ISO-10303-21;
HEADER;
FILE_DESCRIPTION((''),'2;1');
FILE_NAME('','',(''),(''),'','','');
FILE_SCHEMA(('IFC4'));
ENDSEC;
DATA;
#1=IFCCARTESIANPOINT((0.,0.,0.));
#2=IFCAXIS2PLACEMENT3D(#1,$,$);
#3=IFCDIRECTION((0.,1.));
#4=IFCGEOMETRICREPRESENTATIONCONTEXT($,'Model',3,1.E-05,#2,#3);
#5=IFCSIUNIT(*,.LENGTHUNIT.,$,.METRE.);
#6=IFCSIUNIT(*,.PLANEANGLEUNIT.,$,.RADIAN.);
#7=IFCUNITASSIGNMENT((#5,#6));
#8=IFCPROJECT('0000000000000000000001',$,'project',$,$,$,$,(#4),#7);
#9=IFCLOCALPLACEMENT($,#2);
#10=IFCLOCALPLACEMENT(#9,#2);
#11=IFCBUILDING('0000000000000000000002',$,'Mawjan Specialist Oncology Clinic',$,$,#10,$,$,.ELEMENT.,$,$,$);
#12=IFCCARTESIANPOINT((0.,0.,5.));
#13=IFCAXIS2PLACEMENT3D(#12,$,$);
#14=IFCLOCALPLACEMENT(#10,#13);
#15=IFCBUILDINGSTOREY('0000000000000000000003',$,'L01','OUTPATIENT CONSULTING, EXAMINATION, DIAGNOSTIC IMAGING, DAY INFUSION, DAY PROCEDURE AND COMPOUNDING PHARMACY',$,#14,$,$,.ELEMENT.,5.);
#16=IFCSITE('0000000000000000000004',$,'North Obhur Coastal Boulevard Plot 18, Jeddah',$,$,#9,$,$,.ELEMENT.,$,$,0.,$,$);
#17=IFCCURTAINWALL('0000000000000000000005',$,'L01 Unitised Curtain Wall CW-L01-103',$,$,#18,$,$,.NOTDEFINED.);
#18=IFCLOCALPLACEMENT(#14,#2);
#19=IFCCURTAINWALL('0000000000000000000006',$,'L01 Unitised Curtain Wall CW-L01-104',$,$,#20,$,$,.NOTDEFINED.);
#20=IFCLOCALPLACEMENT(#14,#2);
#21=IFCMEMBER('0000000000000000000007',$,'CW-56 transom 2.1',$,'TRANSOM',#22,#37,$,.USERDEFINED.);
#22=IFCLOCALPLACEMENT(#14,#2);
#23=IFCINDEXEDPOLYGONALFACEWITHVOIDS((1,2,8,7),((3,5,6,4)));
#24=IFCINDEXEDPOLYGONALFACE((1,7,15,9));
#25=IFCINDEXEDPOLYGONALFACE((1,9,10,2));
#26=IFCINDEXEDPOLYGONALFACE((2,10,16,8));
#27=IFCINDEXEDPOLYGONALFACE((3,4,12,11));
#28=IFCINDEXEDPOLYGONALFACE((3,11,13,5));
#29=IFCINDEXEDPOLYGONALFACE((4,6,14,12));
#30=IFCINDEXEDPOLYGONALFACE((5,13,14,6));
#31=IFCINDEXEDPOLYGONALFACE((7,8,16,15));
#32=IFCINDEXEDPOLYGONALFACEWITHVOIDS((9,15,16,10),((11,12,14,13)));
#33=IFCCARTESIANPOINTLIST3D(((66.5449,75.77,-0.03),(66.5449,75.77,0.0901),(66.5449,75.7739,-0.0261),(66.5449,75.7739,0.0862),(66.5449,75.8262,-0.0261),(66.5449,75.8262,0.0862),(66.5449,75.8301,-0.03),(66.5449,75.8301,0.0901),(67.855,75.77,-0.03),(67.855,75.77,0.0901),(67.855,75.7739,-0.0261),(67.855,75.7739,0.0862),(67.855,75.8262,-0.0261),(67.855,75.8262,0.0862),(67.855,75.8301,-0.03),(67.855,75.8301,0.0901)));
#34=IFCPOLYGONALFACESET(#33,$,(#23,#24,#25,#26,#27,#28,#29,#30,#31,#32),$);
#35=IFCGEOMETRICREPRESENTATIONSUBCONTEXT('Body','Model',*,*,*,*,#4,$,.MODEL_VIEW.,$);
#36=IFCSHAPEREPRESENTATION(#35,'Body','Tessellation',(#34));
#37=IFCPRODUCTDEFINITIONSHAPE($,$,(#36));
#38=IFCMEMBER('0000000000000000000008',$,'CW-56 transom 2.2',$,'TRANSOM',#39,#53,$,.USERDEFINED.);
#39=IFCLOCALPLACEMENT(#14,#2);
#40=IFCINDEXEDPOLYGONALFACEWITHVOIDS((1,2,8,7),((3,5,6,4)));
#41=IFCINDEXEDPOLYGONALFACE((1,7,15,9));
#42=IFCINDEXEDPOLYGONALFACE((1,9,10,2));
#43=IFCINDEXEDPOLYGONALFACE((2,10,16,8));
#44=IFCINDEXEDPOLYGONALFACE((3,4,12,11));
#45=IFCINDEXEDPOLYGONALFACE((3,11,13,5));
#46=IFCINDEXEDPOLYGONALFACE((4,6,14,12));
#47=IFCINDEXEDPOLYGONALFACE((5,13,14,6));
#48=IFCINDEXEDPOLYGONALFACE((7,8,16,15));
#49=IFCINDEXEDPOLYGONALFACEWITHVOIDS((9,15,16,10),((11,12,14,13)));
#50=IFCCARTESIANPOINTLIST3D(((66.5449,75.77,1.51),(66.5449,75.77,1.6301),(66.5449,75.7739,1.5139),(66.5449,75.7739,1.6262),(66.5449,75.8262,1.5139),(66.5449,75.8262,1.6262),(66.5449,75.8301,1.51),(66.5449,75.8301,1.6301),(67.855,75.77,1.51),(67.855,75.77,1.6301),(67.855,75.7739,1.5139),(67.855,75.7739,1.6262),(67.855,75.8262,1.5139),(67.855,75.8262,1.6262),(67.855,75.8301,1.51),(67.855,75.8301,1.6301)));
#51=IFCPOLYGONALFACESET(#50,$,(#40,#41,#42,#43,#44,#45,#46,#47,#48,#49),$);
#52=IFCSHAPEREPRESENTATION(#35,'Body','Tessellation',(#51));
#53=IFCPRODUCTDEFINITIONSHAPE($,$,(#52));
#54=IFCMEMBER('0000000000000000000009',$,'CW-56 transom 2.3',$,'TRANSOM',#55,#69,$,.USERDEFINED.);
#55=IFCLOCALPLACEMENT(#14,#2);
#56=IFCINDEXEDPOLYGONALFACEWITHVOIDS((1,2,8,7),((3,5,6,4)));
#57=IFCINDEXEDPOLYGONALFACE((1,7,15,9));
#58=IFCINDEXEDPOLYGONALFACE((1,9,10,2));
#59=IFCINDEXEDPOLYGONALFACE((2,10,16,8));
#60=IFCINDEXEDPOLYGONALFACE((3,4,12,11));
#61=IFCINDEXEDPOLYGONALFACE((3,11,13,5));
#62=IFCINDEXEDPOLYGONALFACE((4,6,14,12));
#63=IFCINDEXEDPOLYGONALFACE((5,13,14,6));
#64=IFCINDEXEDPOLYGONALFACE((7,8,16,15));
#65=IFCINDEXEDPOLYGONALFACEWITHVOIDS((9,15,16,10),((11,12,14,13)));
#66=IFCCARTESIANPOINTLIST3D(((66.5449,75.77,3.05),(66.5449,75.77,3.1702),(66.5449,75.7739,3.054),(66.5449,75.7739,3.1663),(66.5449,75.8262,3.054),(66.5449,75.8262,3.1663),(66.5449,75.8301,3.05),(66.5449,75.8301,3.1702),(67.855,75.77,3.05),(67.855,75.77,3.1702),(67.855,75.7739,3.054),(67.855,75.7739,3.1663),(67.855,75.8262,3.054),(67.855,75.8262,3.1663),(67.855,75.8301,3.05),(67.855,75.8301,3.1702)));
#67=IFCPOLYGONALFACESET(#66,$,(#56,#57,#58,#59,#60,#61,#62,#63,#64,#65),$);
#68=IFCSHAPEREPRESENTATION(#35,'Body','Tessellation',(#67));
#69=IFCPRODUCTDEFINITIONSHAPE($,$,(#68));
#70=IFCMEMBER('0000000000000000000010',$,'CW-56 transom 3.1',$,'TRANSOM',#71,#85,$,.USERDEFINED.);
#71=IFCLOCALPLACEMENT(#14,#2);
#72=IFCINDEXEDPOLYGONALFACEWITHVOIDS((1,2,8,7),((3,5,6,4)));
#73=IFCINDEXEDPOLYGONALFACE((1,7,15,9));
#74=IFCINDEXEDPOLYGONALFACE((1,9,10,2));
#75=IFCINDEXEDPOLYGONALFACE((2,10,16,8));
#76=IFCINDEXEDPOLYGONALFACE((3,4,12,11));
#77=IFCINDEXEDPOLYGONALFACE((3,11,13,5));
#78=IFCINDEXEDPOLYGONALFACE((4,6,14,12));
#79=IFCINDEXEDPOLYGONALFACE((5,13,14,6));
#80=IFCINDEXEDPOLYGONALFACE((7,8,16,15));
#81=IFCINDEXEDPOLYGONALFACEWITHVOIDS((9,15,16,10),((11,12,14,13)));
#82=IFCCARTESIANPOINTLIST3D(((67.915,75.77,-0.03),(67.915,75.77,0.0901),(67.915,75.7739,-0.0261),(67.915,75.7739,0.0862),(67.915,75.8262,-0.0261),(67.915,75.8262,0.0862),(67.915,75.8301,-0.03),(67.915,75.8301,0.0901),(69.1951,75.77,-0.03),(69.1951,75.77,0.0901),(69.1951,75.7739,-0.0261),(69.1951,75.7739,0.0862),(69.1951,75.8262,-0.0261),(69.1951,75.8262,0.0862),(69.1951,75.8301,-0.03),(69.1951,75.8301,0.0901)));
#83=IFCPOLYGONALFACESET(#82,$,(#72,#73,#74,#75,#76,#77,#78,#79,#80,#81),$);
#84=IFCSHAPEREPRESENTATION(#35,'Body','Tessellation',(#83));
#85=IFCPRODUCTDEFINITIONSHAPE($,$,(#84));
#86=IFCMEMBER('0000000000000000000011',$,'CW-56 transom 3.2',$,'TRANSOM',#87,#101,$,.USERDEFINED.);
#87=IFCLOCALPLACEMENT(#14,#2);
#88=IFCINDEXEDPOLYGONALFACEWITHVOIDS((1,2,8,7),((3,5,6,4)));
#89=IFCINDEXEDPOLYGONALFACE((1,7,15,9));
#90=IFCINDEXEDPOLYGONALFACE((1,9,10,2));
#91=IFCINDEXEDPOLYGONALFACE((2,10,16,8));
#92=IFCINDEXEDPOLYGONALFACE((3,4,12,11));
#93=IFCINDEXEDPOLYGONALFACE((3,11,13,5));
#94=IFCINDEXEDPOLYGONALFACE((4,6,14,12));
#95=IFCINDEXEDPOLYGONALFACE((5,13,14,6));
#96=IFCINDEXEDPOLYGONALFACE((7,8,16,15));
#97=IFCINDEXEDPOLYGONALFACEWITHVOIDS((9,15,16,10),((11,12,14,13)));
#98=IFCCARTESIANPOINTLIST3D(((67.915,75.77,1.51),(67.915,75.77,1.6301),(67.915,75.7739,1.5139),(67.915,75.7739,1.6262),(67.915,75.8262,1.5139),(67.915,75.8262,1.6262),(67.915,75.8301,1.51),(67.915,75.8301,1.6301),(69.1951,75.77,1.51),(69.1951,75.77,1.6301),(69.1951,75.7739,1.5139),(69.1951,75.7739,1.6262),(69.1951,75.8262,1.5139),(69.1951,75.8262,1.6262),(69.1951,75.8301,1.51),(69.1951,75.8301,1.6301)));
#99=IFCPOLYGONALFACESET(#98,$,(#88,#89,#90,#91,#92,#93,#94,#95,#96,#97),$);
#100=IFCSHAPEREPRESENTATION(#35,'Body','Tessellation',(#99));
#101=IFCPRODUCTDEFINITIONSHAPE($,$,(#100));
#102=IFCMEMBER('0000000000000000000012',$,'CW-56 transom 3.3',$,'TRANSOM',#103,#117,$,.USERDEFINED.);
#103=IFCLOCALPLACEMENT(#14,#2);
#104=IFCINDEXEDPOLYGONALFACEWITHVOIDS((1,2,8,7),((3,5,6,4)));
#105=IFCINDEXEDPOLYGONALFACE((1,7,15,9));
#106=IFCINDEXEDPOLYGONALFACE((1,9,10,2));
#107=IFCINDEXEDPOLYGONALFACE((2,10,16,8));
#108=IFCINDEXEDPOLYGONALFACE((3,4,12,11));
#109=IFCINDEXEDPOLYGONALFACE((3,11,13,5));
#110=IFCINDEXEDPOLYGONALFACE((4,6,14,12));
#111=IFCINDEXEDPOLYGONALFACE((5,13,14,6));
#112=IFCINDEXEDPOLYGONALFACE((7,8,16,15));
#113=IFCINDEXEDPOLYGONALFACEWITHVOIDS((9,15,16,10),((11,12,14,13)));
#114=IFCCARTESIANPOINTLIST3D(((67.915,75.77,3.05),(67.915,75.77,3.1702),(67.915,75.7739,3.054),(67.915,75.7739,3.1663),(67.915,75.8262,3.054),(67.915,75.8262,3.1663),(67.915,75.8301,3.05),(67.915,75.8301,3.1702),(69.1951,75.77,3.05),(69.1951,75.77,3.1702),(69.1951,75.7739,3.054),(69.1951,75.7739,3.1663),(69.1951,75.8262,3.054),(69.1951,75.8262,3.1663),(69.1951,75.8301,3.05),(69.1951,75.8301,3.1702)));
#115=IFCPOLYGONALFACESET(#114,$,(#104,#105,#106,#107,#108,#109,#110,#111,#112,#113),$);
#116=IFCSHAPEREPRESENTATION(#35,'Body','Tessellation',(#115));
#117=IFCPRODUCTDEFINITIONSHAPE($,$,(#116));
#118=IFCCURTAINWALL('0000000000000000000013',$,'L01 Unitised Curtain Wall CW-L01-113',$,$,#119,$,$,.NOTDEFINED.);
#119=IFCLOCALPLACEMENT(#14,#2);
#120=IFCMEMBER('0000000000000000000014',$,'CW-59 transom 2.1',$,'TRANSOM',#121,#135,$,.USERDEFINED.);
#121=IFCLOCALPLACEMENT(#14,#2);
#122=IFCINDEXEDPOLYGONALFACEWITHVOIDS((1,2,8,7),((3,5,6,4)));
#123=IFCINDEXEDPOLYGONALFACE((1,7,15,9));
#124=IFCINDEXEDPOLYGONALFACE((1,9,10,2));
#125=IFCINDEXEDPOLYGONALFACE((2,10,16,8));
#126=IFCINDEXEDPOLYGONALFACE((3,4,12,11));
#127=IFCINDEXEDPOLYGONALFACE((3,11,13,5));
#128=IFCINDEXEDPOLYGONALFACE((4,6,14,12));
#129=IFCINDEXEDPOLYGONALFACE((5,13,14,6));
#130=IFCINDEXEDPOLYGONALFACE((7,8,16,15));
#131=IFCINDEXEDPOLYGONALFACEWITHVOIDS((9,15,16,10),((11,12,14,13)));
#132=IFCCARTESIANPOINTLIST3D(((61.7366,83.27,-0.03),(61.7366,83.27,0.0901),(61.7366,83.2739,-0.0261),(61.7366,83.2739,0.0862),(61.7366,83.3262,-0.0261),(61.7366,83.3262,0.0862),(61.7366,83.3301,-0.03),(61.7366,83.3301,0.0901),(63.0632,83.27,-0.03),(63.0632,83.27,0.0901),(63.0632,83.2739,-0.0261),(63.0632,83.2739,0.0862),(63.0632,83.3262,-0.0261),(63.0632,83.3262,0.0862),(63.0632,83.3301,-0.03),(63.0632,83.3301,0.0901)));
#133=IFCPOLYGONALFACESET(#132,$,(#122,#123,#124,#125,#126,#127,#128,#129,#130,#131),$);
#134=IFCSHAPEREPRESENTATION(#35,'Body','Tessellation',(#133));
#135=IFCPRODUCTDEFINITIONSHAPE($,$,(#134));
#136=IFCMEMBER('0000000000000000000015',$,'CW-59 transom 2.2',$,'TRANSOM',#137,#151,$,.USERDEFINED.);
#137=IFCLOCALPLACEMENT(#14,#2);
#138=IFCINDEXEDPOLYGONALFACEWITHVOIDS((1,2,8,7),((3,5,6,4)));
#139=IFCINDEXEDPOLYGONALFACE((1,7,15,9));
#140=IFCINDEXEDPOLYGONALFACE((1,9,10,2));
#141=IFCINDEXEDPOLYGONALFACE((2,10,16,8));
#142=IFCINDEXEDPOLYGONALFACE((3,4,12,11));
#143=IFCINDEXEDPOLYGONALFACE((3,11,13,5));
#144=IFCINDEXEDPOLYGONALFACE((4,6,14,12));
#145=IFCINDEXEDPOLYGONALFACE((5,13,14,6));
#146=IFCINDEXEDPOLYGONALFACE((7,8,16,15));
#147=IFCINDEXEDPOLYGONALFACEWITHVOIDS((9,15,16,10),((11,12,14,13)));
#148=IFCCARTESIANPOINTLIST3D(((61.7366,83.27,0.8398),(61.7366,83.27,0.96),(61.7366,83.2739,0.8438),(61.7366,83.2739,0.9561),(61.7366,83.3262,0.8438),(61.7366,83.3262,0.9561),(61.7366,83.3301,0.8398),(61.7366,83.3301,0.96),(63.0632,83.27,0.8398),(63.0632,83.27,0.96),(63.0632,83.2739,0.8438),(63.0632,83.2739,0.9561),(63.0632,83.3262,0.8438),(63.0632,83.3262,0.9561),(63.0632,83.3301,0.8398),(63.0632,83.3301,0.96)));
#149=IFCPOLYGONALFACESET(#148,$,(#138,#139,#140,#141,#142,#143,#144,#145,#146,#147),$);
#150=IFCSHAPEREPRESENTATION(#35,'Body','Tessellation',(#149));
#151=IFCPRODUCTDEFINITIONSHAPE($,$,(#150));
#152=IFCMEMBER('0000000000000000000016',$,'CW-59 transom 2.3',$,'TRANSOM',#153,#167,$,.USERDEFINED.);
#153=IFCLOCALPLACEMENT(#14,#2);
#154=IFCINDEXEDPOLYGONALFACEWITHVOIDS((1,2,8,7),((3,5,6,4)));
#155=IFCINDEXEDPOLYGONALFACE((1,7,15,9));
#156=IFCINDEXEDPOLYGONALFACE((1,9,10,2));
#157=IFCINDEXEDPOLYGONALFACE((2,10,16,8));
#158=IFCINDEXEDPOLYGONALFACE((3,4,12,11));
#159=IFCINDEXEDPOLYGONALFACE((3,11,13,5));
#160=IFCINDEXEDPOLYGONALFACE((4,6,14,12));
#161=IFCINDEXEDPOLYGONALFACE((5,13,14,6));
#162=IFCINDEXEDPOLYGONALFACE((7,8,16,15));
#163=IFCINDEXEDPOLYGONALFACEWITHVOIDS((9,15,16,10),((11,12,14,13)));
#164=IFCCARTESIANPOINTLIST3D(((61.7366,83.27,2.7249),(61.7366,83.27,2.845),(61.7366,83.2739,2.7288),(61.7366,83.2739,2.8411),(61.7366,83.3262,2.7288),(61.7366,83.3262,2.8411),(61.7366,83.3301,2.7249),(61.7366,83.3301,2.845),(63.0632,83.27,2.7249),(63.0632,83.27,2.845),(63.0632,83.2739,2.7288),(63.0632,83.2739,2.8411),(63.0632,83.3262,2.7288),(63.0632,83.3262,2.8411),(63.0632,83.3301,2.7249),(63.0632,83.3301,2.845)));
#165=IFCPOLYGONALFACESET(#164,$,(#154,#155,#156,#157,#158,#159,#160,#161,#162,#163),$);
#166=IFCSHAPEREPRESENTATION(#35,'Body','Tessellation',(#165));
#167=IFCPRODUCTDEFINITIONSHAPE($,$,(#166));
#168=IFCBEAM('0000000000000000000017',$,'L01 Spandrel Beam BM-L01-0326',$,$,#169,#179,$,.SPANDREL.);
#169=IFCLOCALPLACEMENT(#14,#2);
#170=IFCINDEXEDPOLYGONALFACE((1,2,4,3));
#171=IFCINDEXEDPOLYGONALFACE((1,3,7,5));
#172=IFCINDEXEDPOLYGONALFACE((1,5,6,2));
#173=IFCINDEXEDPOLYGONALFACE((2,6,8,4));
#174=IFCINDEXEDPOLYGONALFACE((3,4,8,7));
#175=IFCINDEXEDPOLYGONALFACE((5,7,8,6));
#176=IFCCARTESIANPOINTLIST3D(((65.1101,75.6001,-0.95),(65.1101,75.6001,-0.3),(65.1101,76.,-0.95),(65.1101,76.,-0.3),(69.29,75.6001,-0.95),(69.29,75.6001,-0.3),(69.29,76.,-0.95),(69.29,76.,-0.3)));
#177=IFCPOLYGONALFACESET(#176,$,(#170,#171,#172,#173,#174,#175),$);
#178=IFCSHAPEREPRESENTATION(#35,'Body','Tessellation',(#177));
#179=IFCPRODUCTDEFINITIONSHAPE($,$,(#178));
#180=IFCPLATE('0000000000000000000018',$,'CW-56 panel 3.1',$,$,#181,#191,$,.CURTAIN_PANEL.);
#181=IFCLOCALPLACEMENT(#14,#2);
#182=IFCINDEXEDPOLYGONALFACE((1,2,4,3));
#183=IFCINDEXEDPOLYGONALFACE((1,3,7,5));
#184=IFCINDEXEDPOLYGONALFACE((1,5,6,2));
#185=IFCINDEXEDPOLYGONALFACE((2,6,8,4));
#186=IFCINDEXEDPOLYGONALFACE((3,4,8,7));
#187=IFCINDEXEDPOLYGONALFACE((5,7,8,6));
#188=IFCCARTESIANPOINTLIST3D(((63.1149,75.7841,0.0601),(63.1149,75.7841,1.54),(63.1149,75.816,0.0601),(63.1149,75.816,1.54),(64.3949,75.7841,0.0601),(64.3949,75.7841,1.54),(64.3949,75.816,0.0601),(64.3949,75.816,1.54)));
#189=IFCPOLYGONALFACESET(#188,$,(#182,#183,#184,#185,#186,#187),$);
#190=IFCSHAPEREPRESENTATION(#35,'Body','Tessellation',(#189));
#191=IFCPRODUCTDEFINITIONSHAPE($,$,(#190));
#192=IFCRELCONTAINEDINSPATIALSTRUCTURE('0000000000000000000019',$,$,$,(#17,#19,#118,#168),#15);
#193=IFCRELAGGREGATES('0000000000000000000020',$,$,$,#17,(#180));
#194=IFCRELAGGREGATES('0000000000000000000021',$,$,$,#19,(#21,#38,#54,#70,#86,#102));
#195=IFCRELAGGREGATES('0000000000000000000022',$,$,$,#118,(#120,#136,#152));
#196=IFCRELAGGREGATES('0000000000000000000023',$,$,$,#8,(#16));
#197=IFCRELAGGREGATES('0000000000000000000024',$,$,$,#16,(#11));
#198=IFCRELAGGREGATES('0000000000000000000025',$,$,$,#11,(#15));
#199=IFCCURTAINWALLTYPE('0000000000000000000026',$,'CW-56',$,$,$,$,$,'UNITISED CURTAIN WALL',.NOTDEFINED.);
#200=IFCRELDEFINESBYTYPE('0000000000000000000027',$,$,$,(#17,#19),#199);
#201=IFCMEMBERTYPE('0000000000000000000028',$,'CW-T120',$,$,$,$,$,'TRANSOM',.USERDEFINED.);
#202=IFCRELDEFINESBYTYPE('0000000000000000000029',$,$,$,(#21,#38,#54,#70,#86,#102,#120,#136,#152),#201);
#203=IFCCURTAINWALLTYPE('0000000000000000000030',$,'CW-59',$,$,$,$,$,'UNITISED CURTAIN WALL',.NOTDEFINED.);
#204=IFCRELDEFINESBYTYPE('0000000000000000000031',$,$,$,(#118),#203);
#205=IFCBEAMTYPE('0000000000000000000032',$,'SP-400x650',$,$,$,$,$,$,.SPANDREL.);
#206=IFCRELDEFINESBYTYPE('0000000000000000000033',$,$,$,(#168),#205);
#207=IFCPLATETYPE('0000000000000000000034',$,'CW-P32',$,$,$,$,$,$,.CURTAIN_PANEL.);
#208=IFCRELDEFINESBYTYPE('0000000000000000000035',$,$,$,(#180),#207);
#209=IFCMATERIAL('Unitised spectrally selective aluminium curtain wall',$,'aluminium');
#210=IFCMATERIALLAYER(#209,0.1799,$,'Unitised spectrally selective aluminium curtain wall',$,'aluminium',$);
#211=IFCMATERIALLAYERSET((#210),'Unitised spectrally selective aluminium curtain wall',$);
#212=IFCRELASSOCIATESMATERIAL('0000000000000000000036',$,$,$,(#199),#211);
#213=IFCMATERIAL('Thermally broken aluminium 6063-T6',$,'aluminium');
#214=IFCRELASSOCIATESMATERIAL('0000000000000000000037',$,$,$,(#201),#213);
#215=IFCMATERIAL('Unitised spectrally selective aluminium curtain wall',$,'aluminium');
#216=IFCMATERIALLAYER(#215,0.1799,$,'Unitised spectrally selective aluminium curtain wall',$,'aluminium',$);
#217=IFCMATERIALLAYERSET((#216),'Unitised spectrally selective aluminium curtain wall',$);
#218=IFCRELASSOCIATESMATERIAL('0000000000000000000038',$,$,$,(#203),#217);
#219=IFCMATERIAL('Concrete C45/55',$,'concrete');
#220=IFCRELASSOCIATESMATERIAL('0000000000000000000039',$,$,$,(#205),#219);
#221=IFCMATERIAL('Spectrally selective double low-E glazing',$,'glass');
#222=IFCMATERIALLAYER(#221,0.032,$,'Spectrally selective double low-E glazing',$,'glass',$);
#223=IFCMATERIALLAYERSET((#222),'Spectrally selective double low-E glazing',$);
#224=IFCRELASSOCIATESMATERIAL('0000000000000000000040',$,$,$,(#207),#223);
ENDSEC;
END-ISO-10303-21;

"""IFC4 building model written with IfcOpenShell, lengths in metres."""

from ifc_helpers import new_model, si_unit, direction, frame, origin, origin_2d, place, context, subcontext, project, spatial, rectangle, hollow_rectangle, extrude, material, layer, layer_set, material_profile, profile_set, type_object, element, aggregate, save


model = new_model("IFC4")

# Units and contexts
model_context = context("Model", 3, precision=1e-05, world=origin(), true_north=direction((0.0, 1.0)))
body_context = subcontext(model_context, "Body", "Model", "MODEL_VIEW")
ifc_project = project(units=[si_unit("LENGTHUNIT", "METRE"), si_unit("PLANEANGLEUNIT", "RADIAN")], contexts=[model_context])

# Site, building, storey
site_placement = place(None, origin())
site = spatial("IfcSite", under=ifc_project, at=site_placement, Name="North Obhur Coastal Boulevard Plot 18, Jeddah", CompositionType="ELEMENT", RefElevation=0.0)
building_placement = place(site_placement, origin())
building = spatial("IfcBuilding", under=site, at=building_placement, Name="Mawjan Specialist Oncology Clinic", CompositionType="ELEMENT")
storey_placement = place(building_placement, frame((0.0, 0.0, 5.0)))
storey = spatial("IfcBuildingStorey", under=building, at=storey_placement, Name="L01", Description="OUTPATIENT CONSULTING, EXAMINATION, DIAGNOSTIC IMAGING, DAY INFUSION, DAY PROCEDURE AND COMPOUNDING PHARMACY", CompositionType="ELEMENT", Elevation=5.0)

# Curtain wall
ifc_material_1 = material(Name="Unitised spectrally selective aluminium curtain wall", Category="aluminium")
ifc_layer_1 = layer(ifc_material_1, 0.1799, Name="Unitised spectrally selective aluminium curtain wall", Category="aluminium")
ifc_layer_set_1 = layer_set([ifc_layer_1], Name="Unitised spectrally selective aluminium curtain wall")
curtain_wall_type_1 = type_object("IfcCurtainWallType", Name="CW-56", ElementType="UNITISED CURTAIN WALL", PredefinedType="NOTDEFINED", material=ifc_layer_set_1)
curtain_wall_1_placement = place(storey_placement, origin())
curtain_wall_1 = element("IfcCurtainWall", 1, at=curtain_wall_1_placement, inside=storey, type_object=curtain_wall_type_1, Name="L01 Unitised Curtain Wall CW-L01-103", PredefinedType="NOTDEFINED")

# Curtain wall
curtain_wall_2_placement = place(storey_placement, origin())
curtain_wall_2 = element("IfcCurtainWall", 2, at=curtain_wall_2_placement, inside=storey, type_object=curtain_wall_type_1, Name="L01 Unitised Curtain Wall CW-L01-104", PredefinedType="NOTDEFINED")

# Members
ifc_material_2 = material(Name="Thermally broken aluminium 6063-T6", Category="aluminium")
ifc_material_profile_1 = material_profile(ifc_material_2, hollow_rectangle(XDim=0.0601, YDim=0.1201, WallThickness=0.0039, at=origin_2d()), Name="ALU TRANSOM 120x60x4", Category="aluminium")
ifc_profile_set_1 = profile_set([ifc_material_profile_1], Name="Thermally broken aluminium 6063-T6")
member_type_1 = type_object("IfcMemberType", Name="CW-T120", ElementType="TRANSOM", PredefinedType="USERDEFINED", material=ifc_profile_set_1)
member_1_placement = place(storey_placement, frame((66.5449, 75.8, 0.03), z_axis=(1.0, 0.0, 0.0), x_axis=(0.0, 1.0, 0.0)))
member_1 = element("IfcMember", 3, at=member_1_placement, type_object=member_type_1, Name="CW-56 transom 2.1", ObjectType="TRANSOM", PredefinedType="USERDEFINED", context=body_context, shape_type="SweptSolid", body=[
    extrude(hollow_rectangle(XDim=0.0601, YDim=0.1201, WallThickness=0.0039, at=origin_2d()), origin(), (0.0, 0.0, 1.0), 1.3101),
])
member_2_placement = place(storey_placement, frame((66.5449, 75.8, 1.5701), z_axis=(1.0, 0.0, 0.0), x_axis=(0.0, 1.0, 0.0)))
member_2 = element("IfcMember", 4, at=member_2_placement, type_object=member_type_1, Name="CW-56 transom 2.2", ObjectType="TRANSOM", PredefinedType="USERDEFINED", context=body_context, shape_type="SweptSolid", body=[
    extrude(hollow_rectangle(XDim=0.0601, YDim=0.1201, WallThickness=0.0039, at=origin_2d()), origin(), (0.0, 0.0, 1.0), 1.3101),
])
member_3_placement = place(storey_placement, frame((66.5449, 75.8, 3.1101), z_axis=(1.0, 0.0, 0.0), x_axis=(0.0, 1.0, 0.0)))
member_3 = element("IfcMember", 5, at=member_3_placement, type_object=member_type_1, Name="CW-56 transom 2.3", ObjectType="TRANSOM", PredefinedType="USERDEFINED", context=body_context, shape_type="SweptSolid", body=[
    extrude(hollow_rectangle(XDim=0.0601, YDim=0.1201, WallThickness=0.0039, at=origin_2d()), origin(), (0.0, 0.0, 1.0), 1.3101),
])
member_4_placement = place(storey_placement, frame((67.915, 75.8, 0.03), z_axis=(1.0, 0.0, 0.0), x_axis=(0.0, 1.0, 0.0)))
member_4 = element("IfcMember", 6, at=member_4_placement, type_object=member_type_1, Name="CW-56 transom 3.1", ObjectType="TRANSOM", PredefinedType="USERDEFINED", context=body_context, shape_type="SweptSolid", body=[
    extrude(hollow_rectangle(XDim=0.0601, YDim=0.1201, WallThickness=0.0039, at=origin_2d()), origin(), (0.0, 0.0, 1.0), 1.28),
])
member_5_placement = place(storey_placement, frame((67.915, 75.8, 1.5701), z_axis=(1.0, 0.0, 0.0), x_axis=(0.0, 1.0, 0.0)))
member_5 = element("IfcMember", 7, at=member_5_placement, type_object=member_type_1, Name="CW-56 transom 3.2", ObjectType="TRANSOM", PredefinedType="USERDEFINED", context=body_context, shape_type="SweptSolid", body=[
    extrude(hollow_rectangle(XDim=0.0601, YDim=0.1201, WallThickness=0.0039, at=origin_2d()), origin(), (0.0, 0.0, 1.0), 1.28),
])
member_6_placement = place(storey_placement, frame((67.915, 75.8, 3.1101), z_axis=(1.0, 0.0, 0.0), x_axis=(0.0, 1.0, 0.0)))
member_6 = element("IfcMember", 8, at=member_6_placement, type_object=member_type_1, Name="CW-56 transom 3.3", ObjectType="TRANSOM", PredefinedType="USERDEFINED", context=body_context, shape_type="SweptSolid", body=[
    extrude(hollow_rectangle(XDim=0.0601, YDim=0.1201, WallThickness=0.0039, at=origin_2d()), origin(), (0.0, 0.0, 1.0), 1.28),
])

# Curtain wall, members
ifc_material_3 = material(Name="Unitised spectrally selective aluminium curtain wall", Category="aluminium")
ifc_layer_2 = layer(ifc_material_3, 0.1799, Name="Unitised spectrally selective aluminium curtain wall", Category="aluminium")
ifc_layer_set_2 = layer_set([ifc_layer_2], Name="Unitised spectrally selective aluminium curtain wall")
curtain_wall_type_2 = type_object("IfcCurtainWallType", Name="CW-59", ElementType="UNITISED CURTAIN WALL", PredefinedType="NOTDEFINED", material=ifc_layer_set_2)
curtain_wall_3_placement = place(storey_placement, origin())
curtain_wall_3 = element("IfcCurtainWall", 9, at=curtain_wall_3_placement, inside=storey, type_object=curtain_wall_type_2, Name="L01 Unitised Curtain Wall CW-L01-113", PredefinedType="NOTDEFINED")
member_7_placement = place(storey_placement, frame((63.0632, 83.3, 0.03), z_axis=(-1.0, 0.0, 0.0), x_axis=(0.0, -1.0, 0.0)))
member_7 = element("IfcMember", 10, at=member_7_placement, type_object=member_type_1, Name="CW-59 transom 2.1", ObjectType="TRANSOM", PredefinedType="USERDEFINED", context=body_context, shape_type="SweptSolid", body=[
    extrude(hollow_rectangle(XDim=0.0601, YDim=0.1201, WallThickness=0.0039, at=origin_2d()), origin(), (0.0, 0.0, 1.0), 1.3267),
])
member_8_placement = place(storey_placement, frame((63.0632, 83.3, 0.8999), z_axis=(-1.0, 0.0, 0.0), x_axis=(0.0, -1.0, 0.0)))
member_8 = element("IfcMember", 11, at=member_8_placement, type_object=member_type_1, Name="CW-59 transom 2.2", ObjectType="TRANSOM", PredefinedType="USERDEFINED", context=body_context, shape_type="SweptSolid", body=[
    extrude(hollow_rectangle(XDim=0.0601, YDim=0.1201, WallThickness=0.0039, at=origin_2d()), origin(), (0.0, 0.0, 1.0), 1.3267),
])
member_9_placement = place(storey_placement, frame((63.0632, 83.3, 2.7849), z_axis=(-1.0, 0.0, 0.0), x_axis=(0.0, -1.0, 0.0)))
member_9 = element("IfcMember", 12, at=member_9_placement, type_object=member_type_1, Name="CW-59 transom 2.3", ObjectType="TRANSOM", PredefinedType="USERDEFINED", context=body_context, shape_type="SweptSolid", body=[
    extrude(hollow_rectangle(XDim=0.0601, YDim=0.1201, WallThickness=0.0039, at=origin_2d()), origin(), (0.0, 0.0, 1.0), 1.3267),
])

# Beam
ifc_material_4 = material(Name="Concrete C45/55", Category="concrete")
ifc_material_profile_2 = material_profile(ifc_material_4, rectangle(XDim=0.3999, YDim=0.6499, at=origin_2d()), Name="RC BM 400x650", Category="concrete")
ifc_profile_set_2 = profile_set([ifc_material_profile_2], Name="Concrete C45/55")
beam_type = type_object("IfcBeamType", Name="SP-400x650", PredefinedType="SPANDREL", material=ifc_profile_set_2)
beam_placement = place(storey_placement, frame((65.1101, 75.8, -0.625), z_axis=(1.0, 0.0, 0.0), x_axis=(0.0, 1.0, 0.0)))
element("IfcBeam", 13, at=beam_placement, inside=storey, type_object=beam_type, Name="L01 Spandrel Beam BM-L01-0326", PredefinedType="SPANDREL", context=body_context, shape_type="SweptSolid", body=[
    extrude(rectangle(XDim=0.3999, YDim=0.6499, at=origin_2d()), origin(), (0.0, 0.0, 1.0), 4.1799),
])

# Plate
ifc_material_5 = material(Name="Spectrally selective double low-E glazing", Category="glass")
ifc_layer_3 = layer(ifc_material_5, 0.032, Name="Spectrally selective double low-E glazing", Category="glass")
ifc_layer_set_3 = layer_set([ifc_layer_3], Name="Spectrally selective double low-E glazing")
plate_type = type_object("IfcPlateType", Name="CW-P32", PredefinedType="CURTAIN_PANEL", material=ifc_layer_set_3)
plate_1_placement = place(storey_placement, frame((63.7549, 75.8, 0.0601), z_axis=(0.0, 0.0, 1.0), x_axis=(1.0, 0.0, 0.0)))
plate_1 = element("IfcPlate", 14, at=plate_1_placement, type_object=plate_type, Name="CW-56 panel 3.1", PredefinedType="CURTAIN_PANEL", context=body_context, shape_type="SweptSolid", body=[
    extrude(rectangle(XDim=1.28, YDim=0.032, at=origin_2d()), origin(), (0.0, 0.0, 1.0), 1.48),
])
aggregate(curtain_wall_1, [plate_1])
aggregate(curtain_wall_2, [member_1, member_2, member_3, member_4, member_5, member_6])
aggregate(curtain_wall_3, [member_7, member_8, member_9])

save(model, "model.ifc")
